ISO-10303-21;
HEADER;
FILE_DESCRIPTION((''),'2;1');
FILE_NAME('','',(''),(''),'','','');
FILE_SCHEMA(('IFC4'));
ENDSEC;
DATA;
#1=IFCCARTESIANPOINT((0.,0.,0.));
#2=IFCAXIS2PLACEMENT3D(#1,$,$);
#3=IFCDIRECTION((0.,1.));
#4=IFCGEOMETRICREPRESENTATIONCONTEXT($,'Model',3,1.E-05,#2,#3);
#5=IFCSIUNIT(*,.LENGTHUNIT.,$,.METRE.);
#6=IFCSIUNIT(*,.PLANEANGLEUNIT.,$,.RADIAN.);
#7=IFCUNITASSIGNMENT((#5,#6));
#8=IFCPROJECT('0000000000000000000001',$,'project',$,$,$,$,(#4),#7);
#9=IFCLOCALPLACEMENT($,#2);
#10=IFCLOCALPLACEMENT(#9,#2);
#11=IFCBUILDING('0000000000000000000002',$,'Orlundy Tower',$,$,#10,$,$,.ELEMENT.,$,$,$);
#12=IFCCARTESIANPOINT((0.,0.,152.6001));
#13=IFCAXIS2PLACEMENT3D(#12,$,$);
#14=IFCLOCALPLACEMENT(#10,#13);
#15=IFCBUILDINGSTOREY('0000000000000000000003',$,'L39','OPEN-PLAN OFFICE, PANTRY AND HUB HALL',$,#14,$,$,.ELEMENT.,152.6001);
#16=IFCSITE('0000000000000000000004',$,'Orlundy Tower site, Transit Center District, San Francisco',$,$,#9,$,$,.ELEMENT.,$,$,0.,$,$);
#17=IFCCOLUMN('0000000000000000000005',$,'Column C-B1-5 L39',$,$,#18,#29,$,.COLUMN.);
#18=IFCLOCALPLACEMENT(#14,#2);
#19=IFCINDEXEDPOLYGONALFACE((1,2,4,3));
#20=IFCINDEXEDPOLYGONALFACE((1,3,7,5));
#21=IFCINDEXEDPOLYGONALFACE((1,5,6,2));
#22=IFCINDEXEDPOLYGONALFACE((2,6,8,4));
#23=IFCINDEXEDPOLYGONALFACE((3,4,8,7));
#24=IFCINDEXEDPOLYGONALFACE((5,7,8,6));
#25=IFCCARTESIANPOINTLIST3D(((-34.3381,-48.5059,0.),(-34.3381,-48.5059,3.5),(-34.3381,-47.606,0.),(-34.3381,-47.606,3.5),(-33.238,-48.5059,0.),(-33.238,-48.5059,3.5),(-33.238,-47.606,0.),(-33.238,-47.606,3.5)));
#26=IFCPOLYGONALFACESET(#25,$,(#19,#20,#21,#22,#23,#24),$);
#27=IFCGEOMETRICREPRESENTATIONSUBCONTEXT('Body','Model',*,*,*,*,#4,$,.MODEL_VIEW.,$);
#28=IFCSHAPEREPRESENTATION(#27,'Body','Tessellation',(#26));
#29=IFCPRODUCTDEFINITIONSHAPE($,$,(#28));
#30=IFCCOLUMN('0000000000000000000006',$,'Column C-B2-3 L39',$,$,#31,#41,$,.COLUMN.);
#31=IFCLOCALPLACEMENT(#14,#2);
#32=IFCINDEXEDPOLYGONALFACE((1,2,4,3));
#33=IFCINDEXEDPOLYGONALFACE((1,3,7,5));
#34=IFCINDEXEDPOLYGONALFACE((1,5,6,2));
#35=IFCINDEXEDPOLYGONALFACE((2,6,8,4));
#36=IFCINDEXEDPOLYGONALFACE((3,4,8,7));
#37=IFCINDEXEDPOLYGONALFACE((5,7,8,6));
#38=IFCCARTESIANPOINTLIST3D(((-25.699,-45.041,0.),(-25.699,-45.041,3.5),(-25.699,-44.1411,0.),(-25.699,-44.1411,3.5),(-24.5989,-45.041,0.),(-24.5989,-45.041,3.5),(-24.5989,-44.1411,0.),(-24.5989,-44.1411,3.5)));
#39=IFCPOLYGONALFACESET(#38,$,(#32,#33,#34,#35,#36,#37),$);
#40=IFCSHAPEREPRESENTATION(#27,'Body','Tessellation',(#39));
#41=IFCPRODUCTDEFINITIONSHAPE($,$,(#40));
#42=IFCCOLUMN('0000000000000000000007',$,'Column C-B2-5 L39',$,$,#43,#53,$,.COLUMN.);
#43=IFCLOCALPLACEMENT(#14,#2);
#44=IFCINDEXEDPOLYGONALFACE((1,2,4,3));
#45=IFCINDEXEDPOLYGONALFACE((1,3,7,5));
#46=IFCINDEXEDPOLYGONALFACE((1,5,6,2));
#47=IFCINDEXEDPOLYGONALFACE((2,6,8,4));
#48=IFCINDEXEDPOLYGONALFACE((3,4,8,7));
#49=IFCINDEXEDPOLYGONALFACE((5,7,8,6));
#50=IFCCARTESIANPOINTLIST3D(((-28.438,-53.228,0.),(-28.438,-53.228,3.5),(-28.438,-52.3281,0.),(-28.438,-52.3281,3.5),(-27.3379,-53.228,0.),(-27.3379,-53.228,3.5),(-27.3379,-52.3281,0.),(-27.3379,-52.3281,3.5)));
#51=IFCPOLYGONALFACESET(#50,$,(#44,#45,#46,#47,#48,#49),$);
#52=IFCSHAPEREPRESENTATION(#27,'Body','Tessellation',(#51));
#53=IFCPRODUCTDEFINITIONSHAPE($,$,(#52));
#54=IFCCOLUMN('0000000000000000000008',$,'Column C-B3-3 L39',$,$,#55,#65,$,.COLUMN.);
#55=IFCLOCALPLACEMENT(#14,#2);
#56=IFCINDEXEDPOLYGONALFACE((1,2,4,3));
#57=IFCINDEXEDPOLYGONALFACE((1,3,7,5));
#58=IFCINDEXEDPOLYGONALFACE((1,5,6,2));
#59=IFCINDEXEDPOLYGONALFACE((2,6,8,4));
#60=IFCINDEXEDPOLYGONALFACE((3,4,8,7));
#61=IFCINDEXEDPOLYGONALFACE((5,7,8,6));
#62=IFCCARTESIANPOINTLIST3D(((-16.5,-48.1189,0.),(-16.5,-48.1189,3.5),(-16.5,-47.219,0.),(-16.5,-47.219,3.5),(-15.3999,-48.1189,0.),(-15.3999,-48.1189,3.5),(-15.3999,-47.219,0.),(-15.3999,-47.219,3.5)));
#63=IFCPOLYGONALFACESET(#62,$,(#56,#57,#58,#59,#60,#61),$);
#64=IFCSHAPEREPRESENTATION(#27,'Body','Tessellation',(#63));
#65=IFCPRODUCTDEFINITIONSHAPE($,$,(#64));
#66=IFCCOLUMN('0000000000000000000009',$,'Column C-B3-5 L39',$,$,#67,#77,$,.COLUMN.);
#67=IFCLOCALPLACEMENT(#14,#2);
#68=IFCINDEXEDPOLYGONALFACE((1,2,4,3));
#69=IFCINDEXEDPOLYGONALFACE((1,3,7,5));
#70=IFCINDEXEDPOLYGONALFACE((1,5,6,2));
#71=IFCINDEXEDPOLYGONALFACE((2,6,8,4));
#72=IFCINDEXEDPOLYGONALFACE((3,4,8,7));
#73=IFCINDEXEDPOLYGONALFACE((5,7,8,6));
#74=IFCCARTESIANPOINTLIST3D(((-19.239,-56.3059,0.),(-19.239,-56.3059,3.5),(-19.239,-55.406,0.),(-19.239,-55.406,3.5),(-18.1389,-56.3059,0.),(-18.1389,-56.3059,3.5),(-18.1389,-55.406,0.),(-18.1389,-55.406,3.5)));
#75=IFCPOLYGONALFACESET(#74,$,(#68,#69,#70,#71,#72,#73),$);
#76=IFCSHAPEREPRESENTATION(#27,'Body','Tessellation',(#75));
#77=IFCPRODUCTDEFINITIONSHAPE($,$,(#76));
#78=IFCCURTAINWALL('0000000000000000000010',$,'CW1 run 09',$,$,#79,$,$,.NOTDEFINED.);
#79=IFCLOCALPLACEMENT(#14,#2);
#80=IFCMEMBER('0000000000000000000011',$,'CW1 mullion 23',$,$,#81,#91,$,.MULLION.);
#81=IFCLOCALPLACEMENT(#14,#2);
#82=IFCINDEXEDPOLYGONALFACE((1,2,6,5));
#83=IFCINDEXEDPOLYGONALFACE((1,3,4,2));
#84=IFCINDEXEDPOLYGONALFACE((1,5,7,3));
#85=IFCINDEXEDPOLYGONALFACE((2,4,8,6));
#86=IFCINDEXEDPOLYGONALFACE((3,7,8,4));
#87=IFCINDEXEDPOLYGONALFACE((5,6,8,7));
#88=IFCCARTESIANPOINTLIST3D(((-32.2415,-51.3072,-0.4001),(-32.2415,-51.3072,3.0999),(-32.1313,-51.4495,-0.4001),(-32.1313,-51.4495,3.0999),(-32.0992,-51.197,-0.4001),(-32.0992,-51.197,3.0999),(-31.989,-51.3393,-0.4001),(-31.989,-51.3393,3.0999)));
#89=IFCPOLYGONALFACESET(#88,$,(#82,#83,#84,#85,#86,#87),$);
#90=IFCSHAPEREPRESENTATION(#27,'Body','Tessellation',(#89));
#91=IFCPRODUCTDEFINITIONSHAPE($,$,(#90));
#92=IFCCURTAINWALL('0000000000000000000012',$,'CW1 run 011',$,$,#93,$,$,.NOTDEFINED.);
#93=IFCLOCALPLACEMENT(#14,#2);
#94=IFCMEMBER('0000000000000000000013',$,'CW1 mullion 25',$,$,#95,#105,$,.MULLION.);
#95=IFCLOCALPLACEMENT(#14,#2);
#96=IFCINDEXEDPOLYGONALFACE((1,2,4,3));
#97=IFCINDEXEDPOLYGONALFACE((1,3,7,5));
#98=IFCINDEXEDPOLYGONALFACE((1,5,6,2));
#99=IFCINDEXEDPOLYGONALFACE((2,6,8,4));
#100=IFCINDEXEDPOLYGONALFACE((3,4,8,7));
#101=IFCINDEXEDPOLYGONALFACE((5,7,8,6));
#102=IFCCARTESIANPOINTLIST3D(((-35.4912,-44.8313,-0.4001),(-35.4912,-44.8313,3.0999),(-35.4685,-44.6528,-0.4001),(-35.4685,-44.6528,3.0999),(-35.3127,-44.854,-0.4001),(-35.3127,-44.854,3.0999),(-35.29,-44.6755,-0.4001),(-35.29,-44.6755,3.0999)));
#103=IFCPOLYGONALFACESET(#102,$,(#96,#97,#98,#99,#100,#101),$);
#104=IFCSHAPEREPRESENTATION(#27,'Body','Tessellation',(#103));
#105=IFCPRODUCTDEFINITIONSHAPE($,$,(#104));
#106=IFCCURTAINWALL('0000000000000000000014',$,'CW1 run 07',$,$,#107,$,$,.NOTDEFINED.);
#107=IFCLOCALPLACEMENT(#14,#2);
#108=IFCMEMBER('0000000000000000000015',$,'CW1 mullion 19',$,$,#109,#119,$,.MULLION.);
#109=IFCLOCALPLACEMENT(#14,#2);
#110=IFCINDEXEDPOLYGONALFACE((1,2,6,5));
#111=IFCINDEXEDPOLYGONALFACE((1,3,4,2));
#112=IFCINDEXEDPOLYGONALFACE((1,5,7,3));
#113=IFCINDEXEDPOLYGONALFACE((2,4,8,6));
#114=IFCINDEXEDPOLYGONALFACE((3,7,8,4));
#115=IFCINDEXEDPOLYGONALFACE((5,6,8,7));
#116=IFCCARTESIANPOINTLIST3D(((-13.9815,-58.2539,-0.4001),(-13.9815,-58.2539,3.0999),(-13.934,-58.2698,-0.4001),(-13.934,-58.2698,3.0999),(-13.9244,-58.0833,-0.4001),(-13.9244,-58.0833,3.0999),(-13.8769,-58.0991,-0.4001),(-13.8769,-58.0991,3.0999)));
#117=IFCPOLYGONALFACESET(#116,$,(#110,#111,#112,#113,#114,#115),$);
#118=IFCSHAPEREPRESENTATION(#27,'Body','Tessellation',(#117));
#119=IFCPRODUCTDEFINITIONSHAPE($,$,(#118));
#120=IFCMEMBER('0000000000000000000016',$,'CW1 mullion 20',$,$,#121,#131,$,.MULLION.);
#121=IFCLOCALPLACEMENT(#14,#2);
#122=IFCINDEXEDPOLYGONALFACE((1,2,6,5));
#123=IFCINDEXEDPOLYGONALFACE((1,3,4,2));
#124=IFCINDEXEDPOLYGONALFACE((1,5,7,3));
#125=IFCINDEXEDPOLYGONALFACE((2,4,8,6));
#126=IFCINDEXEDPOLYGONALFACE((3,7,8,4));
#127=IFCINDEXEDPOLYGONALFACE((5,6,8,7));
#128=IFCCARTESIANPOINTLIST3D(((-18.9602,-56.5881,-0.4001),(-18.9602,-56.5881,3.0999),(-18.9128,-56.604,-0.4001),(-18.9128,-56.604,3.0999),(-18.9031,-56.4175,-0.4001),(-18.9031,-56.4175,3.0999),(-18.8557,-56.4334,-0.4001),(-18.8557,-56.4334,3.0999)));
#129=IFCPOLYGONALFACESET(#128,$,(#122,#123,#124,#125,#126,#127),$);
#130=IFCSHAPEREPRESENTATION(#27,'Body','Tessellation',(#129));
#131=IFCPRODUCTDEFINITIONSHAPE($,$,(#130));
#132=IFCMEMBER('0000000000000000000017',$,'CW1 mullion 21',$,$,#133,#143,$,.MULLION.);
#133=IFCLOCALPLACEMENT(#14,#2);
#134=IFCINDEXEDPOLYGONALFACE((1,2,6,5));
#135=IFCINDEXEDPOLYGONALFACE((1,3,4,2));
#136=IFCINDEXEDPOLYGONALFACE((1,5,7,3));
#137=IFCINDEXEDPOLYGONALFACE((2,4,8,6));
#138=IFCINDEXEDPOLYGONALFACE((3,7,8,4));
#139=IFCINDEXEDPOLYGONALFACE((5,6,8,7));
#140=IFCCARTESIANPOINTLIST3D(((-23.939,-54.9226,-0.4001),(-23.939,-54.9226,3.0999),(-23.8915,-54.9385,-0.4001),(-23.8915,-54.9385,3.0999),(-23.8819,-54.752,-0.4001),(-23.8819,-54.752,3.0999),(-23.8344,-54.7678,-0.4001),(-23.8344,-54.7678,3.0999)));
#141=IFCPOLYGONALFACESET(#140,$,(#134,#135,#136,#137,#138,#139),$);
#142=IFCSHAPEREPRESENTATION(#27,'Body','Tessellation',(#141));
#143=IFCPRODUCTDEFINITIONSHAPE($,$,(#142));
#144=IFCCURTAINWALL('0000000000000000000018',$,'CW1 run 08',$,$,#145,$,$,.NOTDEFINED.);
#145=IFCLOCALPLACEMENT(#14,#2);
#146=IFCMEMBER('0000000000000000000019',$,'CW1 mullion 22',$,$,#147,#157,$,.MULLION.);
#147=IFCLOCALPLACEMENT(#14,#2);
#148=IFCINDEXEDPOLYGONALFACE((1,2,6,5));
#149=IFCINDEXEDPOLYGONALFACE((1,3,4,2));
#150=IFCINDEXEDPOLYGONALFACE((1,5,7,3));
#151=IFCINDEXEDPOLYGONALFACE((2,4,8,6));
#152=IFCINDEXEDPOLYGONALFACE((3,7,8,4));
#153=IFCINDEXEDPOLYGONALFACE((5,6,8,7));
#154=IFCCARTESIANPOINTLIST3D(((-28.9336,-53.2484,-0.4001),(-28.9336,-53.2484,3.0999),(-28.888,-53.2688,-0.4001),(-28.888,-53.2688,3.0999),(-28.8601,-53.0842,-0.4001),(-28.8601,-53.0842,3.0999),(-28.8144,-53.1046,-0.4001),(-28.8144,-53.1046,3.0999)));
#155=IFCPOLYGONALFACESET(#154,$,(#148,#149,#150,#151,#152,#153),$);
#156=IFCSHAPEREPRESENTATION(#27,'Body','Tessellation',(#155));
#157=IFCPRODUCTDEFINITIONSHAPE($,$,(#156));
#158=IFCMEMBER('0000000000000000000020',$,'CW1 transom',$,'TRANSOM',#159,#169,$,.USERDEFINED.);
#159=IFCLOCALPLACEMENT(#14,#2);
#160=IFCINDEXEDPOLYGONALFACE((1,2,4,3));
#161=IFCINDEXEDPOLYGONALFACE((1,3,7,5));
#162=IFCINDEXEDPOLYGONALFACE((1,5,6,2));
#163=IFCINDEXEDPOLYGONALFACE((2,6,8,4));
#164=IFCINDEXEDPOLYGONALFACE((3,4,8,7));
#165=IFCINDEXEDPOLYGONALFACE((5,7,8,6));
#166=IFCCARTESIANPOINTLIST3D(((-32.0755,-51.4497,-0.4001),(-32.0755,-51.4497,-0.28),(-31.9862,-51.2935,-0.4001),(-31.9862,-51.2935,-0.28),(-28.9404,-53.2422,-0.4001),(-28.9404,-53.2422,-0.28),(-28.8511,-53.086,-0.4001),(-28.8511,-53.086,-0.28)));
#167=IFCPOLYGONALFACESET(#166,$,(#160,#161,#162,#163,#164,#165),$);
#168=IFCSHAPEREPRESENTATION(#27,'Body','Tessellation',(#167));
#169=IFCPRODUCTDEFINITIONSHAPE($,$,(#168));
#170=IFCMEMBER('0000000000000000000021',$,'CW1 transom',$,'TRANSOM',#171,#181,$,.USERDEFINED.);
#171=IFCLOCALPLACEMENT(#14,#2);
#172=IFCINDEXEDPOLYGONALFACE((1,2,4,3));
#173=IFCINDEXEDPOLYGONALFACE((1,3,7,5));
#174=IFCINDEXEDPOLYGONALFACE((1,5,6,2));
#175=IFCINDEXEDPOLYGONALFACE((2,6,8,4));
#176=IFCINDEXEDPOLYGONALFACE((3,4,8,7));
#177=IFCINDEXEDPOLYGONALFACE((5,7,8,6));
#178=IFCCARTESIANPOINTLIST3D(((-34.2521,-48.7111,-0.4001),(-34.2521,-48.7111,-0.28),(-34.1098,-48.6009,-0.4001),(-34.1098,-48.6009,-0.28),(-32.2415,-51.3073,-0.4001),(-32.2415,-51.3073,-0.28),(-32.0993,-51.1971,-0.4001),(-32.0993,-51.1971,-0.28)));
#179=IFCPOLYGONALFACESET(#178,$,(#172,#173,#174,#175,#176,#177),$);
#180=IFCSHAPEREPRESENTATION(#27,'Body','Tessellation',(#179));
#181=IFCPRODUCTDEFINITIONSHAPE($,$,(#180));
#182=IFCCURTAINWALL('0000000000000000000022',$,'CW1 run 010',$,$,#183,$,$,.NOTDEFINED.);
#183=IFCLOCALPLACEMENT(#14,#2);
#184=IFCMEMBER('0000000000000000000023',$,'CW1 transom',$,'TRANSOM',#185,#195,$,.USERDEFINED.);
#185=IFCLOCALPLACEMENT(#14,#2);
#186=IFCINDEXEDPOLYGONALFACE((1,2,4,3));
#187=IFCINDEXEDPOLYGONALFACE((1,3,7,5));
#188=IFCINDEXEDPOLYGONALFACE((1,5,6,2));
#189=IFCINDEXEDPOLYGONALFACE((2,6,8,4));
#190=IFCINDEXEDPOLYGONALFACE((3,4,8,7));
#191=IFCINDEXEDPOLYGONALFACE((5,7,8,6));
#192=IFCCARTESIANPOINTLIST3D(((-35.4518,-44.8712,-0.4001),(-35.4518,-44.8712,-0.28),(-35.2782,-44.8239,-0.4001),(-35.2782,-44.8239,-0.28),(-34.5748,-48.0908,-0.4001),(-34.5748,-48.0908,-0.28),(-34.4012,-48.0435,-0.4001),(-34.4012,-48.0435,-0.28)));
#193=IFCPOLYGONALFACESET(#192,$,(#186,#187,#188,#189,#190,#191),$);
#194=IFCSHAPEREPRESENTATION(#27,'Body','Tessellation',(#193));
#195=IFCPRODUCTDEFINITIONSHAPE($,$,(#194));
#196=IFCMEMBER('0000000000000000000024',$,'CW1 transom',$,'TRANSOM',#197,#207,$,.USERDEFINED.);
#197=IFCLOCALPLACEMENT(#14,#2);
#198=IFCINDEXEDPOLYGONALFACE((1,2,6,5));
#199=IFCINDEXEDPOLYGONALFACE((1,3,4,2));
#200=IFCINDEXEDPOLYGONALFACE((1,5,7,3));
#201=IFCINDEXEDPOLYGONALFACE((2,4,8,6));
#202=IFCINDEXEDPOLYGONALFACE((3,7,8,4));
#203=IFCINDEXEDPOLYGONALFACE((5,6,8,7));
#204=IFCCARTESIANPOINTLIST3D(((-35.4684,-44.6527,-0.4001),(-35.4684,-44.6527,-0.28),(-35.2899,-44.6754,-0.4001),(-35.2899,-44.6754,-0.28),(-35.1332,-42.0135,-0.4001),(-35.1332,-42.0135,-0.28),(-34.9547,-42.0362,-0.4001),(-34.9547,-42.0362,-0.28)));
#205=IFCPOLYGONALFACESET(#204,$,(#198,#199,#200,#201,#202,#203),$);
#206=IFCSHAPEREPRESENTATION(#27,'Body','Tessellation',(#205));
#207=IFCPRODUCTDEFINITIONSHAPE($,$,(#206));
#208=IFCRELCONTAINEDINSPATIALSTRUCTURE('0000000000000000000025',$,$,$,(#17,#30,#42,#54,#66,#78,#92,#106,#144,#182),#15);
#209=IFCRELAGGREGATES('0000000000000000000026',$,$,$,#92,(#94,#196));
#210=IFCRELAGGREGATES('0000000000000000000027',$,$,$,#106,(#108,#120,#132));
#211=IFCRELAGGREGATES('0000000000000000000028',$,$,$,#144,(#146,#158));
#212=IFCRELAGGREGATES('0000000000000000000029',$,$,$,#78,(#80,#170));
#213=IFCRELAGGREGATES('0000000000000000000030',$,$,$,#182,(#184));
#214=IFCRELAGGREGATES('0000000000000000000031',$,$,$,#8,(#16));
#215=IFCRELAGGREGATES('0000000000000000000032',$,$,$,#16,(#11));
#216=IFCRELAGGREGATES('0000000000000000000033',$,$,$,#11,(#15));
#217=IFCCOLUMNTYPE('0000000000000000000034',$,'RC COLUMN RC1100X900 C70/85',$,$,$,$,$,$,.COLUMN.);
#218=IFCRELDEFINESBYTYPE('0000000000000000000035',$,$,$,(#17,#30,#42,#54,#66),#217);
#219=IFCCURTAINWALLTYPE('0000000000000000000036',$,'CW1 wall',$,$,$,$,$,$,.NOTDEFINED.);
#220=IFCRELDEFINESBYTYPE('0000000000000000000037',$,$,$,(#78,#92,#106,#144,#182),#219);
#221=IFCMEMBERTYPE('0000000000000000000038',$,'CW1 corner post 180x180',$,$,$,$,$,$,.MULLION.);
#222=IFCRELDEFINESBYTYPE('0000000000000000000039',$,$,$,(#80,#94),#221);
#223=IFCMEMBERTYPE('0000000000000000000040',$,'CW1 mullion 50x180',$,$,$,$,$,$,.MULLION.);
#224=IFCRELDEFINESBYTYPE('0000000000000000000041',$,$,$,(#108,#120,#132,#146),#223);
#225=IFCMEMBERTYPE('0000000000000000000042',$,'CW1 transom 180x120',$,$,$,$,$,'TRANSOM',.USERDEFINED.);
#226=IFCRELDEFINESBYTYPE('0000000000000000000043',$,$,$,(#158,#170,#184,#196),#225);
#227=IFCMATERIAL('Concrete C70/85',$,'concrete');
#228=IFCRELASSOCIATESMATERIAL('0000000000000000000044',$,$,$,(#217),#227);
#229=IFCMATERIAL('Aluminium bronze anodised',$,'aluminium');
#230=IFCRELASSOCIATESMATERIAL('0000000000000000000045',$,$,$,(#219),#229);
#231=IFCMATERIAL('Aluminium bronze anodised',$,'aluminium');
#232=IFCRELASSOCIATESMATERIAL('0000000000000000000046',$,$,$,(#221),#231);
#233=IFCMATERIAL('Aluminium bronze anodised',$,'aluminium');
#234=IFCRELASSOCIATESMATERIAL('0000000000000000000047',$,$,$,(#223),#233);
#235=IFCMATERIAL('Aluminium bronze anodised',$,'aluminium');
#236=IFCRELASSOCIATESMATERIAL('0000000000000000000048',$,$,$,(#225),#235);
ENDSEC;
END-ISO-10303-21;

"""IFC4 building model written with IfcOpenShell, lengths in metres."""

from ifc_helpers import new_model, si_unit, direction, frame, origin, origin_2d, place, context, subcontext, project, spatial, rectangle, extrude, material, material_profile, profile_set, type_object, element, aggregate, save


model = new_model("IFC4")

# Units and contexts
model_context = context("Model", 3, precision=1e-05, world=origin(), true_north=direction((0.0, 1.0)))
body_context = subcontext(model_context, "Body", "Model", "MODEL_VIEW")
ifc_project = project(units=[si_unit("LENGTHUNIT", "METRE"), si_unit("PLANEANGLEUNIT", "RADIAN")], contexts=[model_context])

# Site, building, storey
site_placement = place(None, origin())
site = spatial("IfcSite", under=ifc_project, at=site_placement, Name="Orlundy Tower site, Transit Center District, San Francisco", CompositionType="ELEMENT", RefElevation=0.0)
building_placement = place(site_placement, origin())
building = spatial("IfcBuilding", under=site, at=building_placement, Name="Orlundy Tower", CompositionType="ELEMENT")
storey_placement = place(building_placement, frame((0.0, 0.0, 152.6001)))
storey = spatial("IfcBuildingStorey", under=building, at=storey_placement, Name="L39", Description="OPEN-PLAN OFFICE, PANTRY AND HUB HALL", CompositionType="ELEMENT", Elevation=152.6001)

# Columns
ifc_material_1 = material(Name="Concrete C70/85", Category="concrete")
ifc_material_profile_1 = material_profile(ifc_material_1, rectangle(XDim=1.1001, YDim=0.8999, at=origin_2d()), Name="RC1100X900")
ifc_profile_set_1 = profile_set([ifc_material_profile_1], Name="Concrete C70/85")
column_type = type_object("IfcColumnType", Name="RC COLUMN RC1100X900 C70/85", PredefinedType="COLUMN", material=ifc_profile_set_1)
for number, where, z_axis, x_axis, name in (
    (1, (-33.7881, -48.0559, 0.0), (0.0, 0.0, 1.0), (1.0, 0.0, 0.0), "Column C-B1-5 L39"),
    (2, (-25.1489, -44.5911, 0.0), (0.0, 0.0, 1.0), (1.0, 0.0, 0.0), "Column C-B2-3 L39"),
    (3, (-27.8879, -52.7781, 0.0), (0.0, 0.0, 1.0), (1.0, 0.0, 0.0), "Column C-B2-5 L39"),
    (4, (-15.95, -47.6689, 0.0), (0.0, 0.0, 1.0), (1.0, 0.0, 0.0), "Column C-B3-3 L39"),
    (5, (-18.689, -55.856, 0.0), (0.0, 0.0, 1.0), (1.0, 0.0, 0.0), "Column C-B3-5 L39"),
):
    element("IfcColumn", number, at=place(storey_placement, frame(where, z_axis=z_axis, x_axis=x_axis)), inside=storey, type_object=column_type, Name=name, PredefinedType="COLUMN", context=body_context, shape_type="SweptSolid", body=[
        extrude(rectangle(XDim=1.1001, YDim=0.8999, at=origin_2d()), origin(), (0.0, 0.0, 1.0), 3.5),
    ])

# Curtain walls, members
ifc_material_2 = material(Name="Aluminium bronze anodised", Category="aluminium")
curtain_wall_type = type_object("IfcCurtainWallType", Name="CW1 wall", PredefinedType="NOTDEFINED", material=ifc_material_2)
curtain_wall_1_placement = place(storey_placement, origin())
curtain_wall_1 = element("IfcCurtainWall", 6, at=curtain_wall_1_placement, inside=storey, type_object=curtain_wall_type, Name="CW1 run 09", PredefinedType="NOTDEFINED")
ifc_material_3 = material(Name="Aluminium bronze anodised", Category="aluminium")
ifc_material_profile_2 = material_profile(ifc_material_3, rectangle(XDim=0.1799, YDim=0.1799, at=origin_2d()), Name="CW1 corner post 180x180")
ifc_profile_set_2 = profile_set([ifc_material_profile_2], Name="Aluminium bronze anodised")
member_type_1 = type_object("IfcMemberType", Name="CW1 corner post 180x180", PredefinedType="MULLION", material=ifc_profile_set_2)
member_1_placement = place(storey_placement, frame((-32.1152, -51.3232, -0.4001), z_axis=(0.0, 0.0, 1.0), x_axis=(-0.790614, -0.612315, 0.0)))
member_1 = element("IfcMember", 7, at=member_1_placement, type_object=member_type_1, Name="CW1 mullion 23", PredefinedType="MULLION", context=body_context, shape_type="SweptSolid", body=[
    extrude(rectangle(XDim=0.1799, YDim=0.1799, at=origin_2d()), origin(), (0.0, 0.0, 1.0), 3.5),
])
curtain_wall_2_placement = place(storey_placement, origin())
curtain_wall_2 = element("IfcCurtainWall", 8, at=curtain_wall_2_placement, inside=storey, type_object=curtain_wall_type, Name="CW1 run 011", PredefinedType="NOTDEFINED")
member_2_placement = place(storey_placement, frame((-35.3906, -44.7534, -0.4001), z_axis=(0.0, 0.0, 1.0), x_axis=(-0.992031, 0.125994, 0.0)))
member_2 = element("IfcMember", 9, at=member_2_placement, type_object=member_type_1, Name="CW1 mullion 25", PredefinedType="MULLION", context=body_context, shape_type="SweptSolid", body=[
    extrude(rectangle(XDim=0.1799, YDim=0.1799, at=origin_2d()), origin(), (0.0, 0.0, 1.0), 3.5),
])

# Curtain walls, members
curtain_wall_3_placement = place(storey_placement, origin())
curtain_wall_3 = element("IfcCurtainWall", 10, at=curtain_wall_3_placement, inside=storey, type_object=curtain_wall_type, Name="CW1 run 07", PredefinedType="NOTDEFINED")
ifc_material_4 = material(Name="Aluminium bronze anodised", Category="aluminium")
ifc_material_profile_3 = material_profile(ifc_material_4, rectangle(XDim=0.1799, YDim=0.05, at=origin_2d()), Name="CW1 mullion 50x180")
ifc_profile_set_3 = profile_set([ifc_material_profile_3], Name="Aluminium bronze anodised")
member_type_2 = type_object("IfcMemberType", Name="CW1 mullion 50x180", PredefinedType="MULLION", material=ifc_profile_set_3)
member_3_placement = place(storey_placement, frame((-13.9292, -58.1765, -0.4001), z_axis=(0.0, 0.0, 1.0), x_axis=(-0.317285, -0.94833, 0.0)))
member_3 = element("IfcMember", 11, at=member_3_placement, type_object=member_type_2, Name="CW1 mullion 19", PredefinedType="MULLION", context=body_context, shape_type="SweptSolid", body=[
    extrude(rectangle(XDim=0.1799, YDim=0.05, at=origin_2d()), origin(), (0.0, 0.0, 1.0), 3.5),
])
member_4_placement = place(storey_placement, frame((-18.908, -56.5107, -0.4001), z_axis=(0.0, 0.0, 1.0), x_axis=(-0.317285, -0.94833, 0.0)))
member_4 = element("IfcMember", 12, at=member_4_placement, type_object=member_type_2, Name="CW1 mullion 20", PredefinedType="MULLION", context=body_context, shape_type="SweptSolid", body=[
    extrude(rectangle(XDim=0.1799, YDim=0.05, at=origin_2d()), origin(), (0.0, 0.0, 1.0), 3.5),
])
member_5_placement = place(storey_placement, frame((-23.8867, -54.8452, -0.4001), z_axis=(0.0, 0.0, 1.0), x_axis=(-0.317285, -0.94833, 0.0)))
member_5 = element("IfcMember", 13, at=member_5_placement, type_object=member_type_2, Name="CW1 mullion 21", PredefinedType="MULLION", context=body_context, shape_type="SweptSolid", body=[
    extrude(rectangle(XDim=0.1799, YDim=0.05, at=origin_2d()), origin(), (0.0, 0.0, 1.0), 3.5),
])
curtain_wall_4_placement = place(storey_placement, origin())
curtain_wall_4 = element("IfcCurtainWall", 14, at=curtain_wall_4_placement, inside=storey, type_object=curtain_wall_type, Name="CW1 run 08", PredefinedType="NOTDEFINED")
member_6_placement = place(storey_placement, frame((-28.874, -53.1765, -0.4001), z_axis=(0.0, 0.0, 1.0), x_axis=(-0.408801, -0.912624, 0.0)))
member_6 = element("IfcMember", 15, at=member_6_placement, type_object=member_type_2, Name="CW1 mullion 22", PredefinedType="MULLION", context=body_context, shape_type="SweptSolid", body=[
    extrude(rectangle(XDim=0.1799, YDim=0.05, at=origin_2d()), origin(), (0.0, 0.0, 1.0), 3.5),
])
ifc_material_5 = material(Name="Aluminium bronze anodised", Category="aluminium")
ifc_material_profile_4 = material_profile(ifc_material_5, rectangle(XDim=0.1799, YDim=0.1201, at=origin_2d()), Name="CW1 transom 180x120")
ifc_profile_set_4 = profile_set([ifc_material_profile_4], Name="Aluminium bronze anodised")
member_type_3 = type_object("IfcMemberType", Name="CW1 transom 180x120", ElementType="TRANSOM", PredefinedType="USERDEFINED", material=ifc_profile_set_4)
member_7_placement = place(storey_placement, frame((-28.8958, -53.1641, -0.3401), z_axis=(-0.868118, 0.496357, 0.0), x_axis=(-0.496357, -0.868118, 0.0)))
member_7 = element("IfcMember", 16, at=member_7_placement, type_object=member_type_3, Name="CW1 transom", ObjectType="TRANSOM", PredefinedType="USERDEFINED", context=body_context, shape_type="SweptSolid", body=[
    extrude(rectangle(XDim=0.1799, YDim=0.1201, at=origin_2d()), origin(), (0.0, 0.0, 1.0), 3.6113),
])

# Member
member_8_placement = place(storey_placement, frame((-32.1704, -51.2522, -0.3401), z_axis=(-0.612277, 0.790644, 0.0), x_axis=(-0.790644, -0.612277, 0.0)))
member_8 = element("IfcMember", 17, at=member_8_placement, type_object=member_type_3, Name="CW1 transom", ObjectType="TRANSOM", PredefinedType="USERDEFINED", context=body_context, shape_type="SweptSolid", body=[
    extrude(rectangle(XDim=0.1799, YDim=0.1201, at=origin_2d()), origin(), (0.0, 0.0, 1.0), 3.2837),
])

# Curtain wall, member
curtain_wall_5_placement = place(storey_placement, origin())
curtain_wall_5 = element("IfcCurtainWall", 18, at=curtain_wall_5_placement, inside=storey, type_object=curtain_wall_type, Name="CW1 run 010", PredefinedType="NOTDEFINED")
member_9_placement = place(storey_placement, frame((-34.488, -48.0671, -0.3401), z_axis=(-0.262795, 0.964852, 0.0), x_axis=(-0.964852, -0.262795, 0.0)))
member_9 = element("IfcMember", 19, at=member_9_placement, type_object=member_type_3, Name="CW1 transom", ObjectType="TRANSOM", PredefinedType="USERDEFINED", context=body_context, shape_type="SweptSolid", body=[
    extrude(rectangle(XDim=0.1799, YDim=0.1201, at=origin_2d()), origin(), (0.0, 0.0, 1.0), 3.3369),
])

# Member
member_10_placement = place(storey_placement, frame((-35.3792, -44.6641, -0.3401), z_axis=(0.126, 0.99203, 0.0), x_axis=(-0.99203, 0.126, 0.0)))
member_10 = element("IfcMember", 20, at=member_10_placement, type_object=member_type_3, Name="CW1 transom", ObjectType="TRANSOM", PredefinedType="USERDEFINED", context=body_context, shape_type="SweptSolid", body=[
    extrude(rectangle(XDim=0.1799, YDim=0.1201, at=origin_2d()), origin(), (0.0, 0.0, 1.0), 2.6604),
])
aggregate(curtain_wall_2, [member_2, member_10])

aggregate(curtain_wall_3, [member_3, member_4, member_5])
aggregate(curtain_wall_4, [member_6, member_7])
aggregate(curtain_wall_1, [member_1, member_8])
aggregate(curtain_wall_5, [member_9])

save(model, "model.ifc")
